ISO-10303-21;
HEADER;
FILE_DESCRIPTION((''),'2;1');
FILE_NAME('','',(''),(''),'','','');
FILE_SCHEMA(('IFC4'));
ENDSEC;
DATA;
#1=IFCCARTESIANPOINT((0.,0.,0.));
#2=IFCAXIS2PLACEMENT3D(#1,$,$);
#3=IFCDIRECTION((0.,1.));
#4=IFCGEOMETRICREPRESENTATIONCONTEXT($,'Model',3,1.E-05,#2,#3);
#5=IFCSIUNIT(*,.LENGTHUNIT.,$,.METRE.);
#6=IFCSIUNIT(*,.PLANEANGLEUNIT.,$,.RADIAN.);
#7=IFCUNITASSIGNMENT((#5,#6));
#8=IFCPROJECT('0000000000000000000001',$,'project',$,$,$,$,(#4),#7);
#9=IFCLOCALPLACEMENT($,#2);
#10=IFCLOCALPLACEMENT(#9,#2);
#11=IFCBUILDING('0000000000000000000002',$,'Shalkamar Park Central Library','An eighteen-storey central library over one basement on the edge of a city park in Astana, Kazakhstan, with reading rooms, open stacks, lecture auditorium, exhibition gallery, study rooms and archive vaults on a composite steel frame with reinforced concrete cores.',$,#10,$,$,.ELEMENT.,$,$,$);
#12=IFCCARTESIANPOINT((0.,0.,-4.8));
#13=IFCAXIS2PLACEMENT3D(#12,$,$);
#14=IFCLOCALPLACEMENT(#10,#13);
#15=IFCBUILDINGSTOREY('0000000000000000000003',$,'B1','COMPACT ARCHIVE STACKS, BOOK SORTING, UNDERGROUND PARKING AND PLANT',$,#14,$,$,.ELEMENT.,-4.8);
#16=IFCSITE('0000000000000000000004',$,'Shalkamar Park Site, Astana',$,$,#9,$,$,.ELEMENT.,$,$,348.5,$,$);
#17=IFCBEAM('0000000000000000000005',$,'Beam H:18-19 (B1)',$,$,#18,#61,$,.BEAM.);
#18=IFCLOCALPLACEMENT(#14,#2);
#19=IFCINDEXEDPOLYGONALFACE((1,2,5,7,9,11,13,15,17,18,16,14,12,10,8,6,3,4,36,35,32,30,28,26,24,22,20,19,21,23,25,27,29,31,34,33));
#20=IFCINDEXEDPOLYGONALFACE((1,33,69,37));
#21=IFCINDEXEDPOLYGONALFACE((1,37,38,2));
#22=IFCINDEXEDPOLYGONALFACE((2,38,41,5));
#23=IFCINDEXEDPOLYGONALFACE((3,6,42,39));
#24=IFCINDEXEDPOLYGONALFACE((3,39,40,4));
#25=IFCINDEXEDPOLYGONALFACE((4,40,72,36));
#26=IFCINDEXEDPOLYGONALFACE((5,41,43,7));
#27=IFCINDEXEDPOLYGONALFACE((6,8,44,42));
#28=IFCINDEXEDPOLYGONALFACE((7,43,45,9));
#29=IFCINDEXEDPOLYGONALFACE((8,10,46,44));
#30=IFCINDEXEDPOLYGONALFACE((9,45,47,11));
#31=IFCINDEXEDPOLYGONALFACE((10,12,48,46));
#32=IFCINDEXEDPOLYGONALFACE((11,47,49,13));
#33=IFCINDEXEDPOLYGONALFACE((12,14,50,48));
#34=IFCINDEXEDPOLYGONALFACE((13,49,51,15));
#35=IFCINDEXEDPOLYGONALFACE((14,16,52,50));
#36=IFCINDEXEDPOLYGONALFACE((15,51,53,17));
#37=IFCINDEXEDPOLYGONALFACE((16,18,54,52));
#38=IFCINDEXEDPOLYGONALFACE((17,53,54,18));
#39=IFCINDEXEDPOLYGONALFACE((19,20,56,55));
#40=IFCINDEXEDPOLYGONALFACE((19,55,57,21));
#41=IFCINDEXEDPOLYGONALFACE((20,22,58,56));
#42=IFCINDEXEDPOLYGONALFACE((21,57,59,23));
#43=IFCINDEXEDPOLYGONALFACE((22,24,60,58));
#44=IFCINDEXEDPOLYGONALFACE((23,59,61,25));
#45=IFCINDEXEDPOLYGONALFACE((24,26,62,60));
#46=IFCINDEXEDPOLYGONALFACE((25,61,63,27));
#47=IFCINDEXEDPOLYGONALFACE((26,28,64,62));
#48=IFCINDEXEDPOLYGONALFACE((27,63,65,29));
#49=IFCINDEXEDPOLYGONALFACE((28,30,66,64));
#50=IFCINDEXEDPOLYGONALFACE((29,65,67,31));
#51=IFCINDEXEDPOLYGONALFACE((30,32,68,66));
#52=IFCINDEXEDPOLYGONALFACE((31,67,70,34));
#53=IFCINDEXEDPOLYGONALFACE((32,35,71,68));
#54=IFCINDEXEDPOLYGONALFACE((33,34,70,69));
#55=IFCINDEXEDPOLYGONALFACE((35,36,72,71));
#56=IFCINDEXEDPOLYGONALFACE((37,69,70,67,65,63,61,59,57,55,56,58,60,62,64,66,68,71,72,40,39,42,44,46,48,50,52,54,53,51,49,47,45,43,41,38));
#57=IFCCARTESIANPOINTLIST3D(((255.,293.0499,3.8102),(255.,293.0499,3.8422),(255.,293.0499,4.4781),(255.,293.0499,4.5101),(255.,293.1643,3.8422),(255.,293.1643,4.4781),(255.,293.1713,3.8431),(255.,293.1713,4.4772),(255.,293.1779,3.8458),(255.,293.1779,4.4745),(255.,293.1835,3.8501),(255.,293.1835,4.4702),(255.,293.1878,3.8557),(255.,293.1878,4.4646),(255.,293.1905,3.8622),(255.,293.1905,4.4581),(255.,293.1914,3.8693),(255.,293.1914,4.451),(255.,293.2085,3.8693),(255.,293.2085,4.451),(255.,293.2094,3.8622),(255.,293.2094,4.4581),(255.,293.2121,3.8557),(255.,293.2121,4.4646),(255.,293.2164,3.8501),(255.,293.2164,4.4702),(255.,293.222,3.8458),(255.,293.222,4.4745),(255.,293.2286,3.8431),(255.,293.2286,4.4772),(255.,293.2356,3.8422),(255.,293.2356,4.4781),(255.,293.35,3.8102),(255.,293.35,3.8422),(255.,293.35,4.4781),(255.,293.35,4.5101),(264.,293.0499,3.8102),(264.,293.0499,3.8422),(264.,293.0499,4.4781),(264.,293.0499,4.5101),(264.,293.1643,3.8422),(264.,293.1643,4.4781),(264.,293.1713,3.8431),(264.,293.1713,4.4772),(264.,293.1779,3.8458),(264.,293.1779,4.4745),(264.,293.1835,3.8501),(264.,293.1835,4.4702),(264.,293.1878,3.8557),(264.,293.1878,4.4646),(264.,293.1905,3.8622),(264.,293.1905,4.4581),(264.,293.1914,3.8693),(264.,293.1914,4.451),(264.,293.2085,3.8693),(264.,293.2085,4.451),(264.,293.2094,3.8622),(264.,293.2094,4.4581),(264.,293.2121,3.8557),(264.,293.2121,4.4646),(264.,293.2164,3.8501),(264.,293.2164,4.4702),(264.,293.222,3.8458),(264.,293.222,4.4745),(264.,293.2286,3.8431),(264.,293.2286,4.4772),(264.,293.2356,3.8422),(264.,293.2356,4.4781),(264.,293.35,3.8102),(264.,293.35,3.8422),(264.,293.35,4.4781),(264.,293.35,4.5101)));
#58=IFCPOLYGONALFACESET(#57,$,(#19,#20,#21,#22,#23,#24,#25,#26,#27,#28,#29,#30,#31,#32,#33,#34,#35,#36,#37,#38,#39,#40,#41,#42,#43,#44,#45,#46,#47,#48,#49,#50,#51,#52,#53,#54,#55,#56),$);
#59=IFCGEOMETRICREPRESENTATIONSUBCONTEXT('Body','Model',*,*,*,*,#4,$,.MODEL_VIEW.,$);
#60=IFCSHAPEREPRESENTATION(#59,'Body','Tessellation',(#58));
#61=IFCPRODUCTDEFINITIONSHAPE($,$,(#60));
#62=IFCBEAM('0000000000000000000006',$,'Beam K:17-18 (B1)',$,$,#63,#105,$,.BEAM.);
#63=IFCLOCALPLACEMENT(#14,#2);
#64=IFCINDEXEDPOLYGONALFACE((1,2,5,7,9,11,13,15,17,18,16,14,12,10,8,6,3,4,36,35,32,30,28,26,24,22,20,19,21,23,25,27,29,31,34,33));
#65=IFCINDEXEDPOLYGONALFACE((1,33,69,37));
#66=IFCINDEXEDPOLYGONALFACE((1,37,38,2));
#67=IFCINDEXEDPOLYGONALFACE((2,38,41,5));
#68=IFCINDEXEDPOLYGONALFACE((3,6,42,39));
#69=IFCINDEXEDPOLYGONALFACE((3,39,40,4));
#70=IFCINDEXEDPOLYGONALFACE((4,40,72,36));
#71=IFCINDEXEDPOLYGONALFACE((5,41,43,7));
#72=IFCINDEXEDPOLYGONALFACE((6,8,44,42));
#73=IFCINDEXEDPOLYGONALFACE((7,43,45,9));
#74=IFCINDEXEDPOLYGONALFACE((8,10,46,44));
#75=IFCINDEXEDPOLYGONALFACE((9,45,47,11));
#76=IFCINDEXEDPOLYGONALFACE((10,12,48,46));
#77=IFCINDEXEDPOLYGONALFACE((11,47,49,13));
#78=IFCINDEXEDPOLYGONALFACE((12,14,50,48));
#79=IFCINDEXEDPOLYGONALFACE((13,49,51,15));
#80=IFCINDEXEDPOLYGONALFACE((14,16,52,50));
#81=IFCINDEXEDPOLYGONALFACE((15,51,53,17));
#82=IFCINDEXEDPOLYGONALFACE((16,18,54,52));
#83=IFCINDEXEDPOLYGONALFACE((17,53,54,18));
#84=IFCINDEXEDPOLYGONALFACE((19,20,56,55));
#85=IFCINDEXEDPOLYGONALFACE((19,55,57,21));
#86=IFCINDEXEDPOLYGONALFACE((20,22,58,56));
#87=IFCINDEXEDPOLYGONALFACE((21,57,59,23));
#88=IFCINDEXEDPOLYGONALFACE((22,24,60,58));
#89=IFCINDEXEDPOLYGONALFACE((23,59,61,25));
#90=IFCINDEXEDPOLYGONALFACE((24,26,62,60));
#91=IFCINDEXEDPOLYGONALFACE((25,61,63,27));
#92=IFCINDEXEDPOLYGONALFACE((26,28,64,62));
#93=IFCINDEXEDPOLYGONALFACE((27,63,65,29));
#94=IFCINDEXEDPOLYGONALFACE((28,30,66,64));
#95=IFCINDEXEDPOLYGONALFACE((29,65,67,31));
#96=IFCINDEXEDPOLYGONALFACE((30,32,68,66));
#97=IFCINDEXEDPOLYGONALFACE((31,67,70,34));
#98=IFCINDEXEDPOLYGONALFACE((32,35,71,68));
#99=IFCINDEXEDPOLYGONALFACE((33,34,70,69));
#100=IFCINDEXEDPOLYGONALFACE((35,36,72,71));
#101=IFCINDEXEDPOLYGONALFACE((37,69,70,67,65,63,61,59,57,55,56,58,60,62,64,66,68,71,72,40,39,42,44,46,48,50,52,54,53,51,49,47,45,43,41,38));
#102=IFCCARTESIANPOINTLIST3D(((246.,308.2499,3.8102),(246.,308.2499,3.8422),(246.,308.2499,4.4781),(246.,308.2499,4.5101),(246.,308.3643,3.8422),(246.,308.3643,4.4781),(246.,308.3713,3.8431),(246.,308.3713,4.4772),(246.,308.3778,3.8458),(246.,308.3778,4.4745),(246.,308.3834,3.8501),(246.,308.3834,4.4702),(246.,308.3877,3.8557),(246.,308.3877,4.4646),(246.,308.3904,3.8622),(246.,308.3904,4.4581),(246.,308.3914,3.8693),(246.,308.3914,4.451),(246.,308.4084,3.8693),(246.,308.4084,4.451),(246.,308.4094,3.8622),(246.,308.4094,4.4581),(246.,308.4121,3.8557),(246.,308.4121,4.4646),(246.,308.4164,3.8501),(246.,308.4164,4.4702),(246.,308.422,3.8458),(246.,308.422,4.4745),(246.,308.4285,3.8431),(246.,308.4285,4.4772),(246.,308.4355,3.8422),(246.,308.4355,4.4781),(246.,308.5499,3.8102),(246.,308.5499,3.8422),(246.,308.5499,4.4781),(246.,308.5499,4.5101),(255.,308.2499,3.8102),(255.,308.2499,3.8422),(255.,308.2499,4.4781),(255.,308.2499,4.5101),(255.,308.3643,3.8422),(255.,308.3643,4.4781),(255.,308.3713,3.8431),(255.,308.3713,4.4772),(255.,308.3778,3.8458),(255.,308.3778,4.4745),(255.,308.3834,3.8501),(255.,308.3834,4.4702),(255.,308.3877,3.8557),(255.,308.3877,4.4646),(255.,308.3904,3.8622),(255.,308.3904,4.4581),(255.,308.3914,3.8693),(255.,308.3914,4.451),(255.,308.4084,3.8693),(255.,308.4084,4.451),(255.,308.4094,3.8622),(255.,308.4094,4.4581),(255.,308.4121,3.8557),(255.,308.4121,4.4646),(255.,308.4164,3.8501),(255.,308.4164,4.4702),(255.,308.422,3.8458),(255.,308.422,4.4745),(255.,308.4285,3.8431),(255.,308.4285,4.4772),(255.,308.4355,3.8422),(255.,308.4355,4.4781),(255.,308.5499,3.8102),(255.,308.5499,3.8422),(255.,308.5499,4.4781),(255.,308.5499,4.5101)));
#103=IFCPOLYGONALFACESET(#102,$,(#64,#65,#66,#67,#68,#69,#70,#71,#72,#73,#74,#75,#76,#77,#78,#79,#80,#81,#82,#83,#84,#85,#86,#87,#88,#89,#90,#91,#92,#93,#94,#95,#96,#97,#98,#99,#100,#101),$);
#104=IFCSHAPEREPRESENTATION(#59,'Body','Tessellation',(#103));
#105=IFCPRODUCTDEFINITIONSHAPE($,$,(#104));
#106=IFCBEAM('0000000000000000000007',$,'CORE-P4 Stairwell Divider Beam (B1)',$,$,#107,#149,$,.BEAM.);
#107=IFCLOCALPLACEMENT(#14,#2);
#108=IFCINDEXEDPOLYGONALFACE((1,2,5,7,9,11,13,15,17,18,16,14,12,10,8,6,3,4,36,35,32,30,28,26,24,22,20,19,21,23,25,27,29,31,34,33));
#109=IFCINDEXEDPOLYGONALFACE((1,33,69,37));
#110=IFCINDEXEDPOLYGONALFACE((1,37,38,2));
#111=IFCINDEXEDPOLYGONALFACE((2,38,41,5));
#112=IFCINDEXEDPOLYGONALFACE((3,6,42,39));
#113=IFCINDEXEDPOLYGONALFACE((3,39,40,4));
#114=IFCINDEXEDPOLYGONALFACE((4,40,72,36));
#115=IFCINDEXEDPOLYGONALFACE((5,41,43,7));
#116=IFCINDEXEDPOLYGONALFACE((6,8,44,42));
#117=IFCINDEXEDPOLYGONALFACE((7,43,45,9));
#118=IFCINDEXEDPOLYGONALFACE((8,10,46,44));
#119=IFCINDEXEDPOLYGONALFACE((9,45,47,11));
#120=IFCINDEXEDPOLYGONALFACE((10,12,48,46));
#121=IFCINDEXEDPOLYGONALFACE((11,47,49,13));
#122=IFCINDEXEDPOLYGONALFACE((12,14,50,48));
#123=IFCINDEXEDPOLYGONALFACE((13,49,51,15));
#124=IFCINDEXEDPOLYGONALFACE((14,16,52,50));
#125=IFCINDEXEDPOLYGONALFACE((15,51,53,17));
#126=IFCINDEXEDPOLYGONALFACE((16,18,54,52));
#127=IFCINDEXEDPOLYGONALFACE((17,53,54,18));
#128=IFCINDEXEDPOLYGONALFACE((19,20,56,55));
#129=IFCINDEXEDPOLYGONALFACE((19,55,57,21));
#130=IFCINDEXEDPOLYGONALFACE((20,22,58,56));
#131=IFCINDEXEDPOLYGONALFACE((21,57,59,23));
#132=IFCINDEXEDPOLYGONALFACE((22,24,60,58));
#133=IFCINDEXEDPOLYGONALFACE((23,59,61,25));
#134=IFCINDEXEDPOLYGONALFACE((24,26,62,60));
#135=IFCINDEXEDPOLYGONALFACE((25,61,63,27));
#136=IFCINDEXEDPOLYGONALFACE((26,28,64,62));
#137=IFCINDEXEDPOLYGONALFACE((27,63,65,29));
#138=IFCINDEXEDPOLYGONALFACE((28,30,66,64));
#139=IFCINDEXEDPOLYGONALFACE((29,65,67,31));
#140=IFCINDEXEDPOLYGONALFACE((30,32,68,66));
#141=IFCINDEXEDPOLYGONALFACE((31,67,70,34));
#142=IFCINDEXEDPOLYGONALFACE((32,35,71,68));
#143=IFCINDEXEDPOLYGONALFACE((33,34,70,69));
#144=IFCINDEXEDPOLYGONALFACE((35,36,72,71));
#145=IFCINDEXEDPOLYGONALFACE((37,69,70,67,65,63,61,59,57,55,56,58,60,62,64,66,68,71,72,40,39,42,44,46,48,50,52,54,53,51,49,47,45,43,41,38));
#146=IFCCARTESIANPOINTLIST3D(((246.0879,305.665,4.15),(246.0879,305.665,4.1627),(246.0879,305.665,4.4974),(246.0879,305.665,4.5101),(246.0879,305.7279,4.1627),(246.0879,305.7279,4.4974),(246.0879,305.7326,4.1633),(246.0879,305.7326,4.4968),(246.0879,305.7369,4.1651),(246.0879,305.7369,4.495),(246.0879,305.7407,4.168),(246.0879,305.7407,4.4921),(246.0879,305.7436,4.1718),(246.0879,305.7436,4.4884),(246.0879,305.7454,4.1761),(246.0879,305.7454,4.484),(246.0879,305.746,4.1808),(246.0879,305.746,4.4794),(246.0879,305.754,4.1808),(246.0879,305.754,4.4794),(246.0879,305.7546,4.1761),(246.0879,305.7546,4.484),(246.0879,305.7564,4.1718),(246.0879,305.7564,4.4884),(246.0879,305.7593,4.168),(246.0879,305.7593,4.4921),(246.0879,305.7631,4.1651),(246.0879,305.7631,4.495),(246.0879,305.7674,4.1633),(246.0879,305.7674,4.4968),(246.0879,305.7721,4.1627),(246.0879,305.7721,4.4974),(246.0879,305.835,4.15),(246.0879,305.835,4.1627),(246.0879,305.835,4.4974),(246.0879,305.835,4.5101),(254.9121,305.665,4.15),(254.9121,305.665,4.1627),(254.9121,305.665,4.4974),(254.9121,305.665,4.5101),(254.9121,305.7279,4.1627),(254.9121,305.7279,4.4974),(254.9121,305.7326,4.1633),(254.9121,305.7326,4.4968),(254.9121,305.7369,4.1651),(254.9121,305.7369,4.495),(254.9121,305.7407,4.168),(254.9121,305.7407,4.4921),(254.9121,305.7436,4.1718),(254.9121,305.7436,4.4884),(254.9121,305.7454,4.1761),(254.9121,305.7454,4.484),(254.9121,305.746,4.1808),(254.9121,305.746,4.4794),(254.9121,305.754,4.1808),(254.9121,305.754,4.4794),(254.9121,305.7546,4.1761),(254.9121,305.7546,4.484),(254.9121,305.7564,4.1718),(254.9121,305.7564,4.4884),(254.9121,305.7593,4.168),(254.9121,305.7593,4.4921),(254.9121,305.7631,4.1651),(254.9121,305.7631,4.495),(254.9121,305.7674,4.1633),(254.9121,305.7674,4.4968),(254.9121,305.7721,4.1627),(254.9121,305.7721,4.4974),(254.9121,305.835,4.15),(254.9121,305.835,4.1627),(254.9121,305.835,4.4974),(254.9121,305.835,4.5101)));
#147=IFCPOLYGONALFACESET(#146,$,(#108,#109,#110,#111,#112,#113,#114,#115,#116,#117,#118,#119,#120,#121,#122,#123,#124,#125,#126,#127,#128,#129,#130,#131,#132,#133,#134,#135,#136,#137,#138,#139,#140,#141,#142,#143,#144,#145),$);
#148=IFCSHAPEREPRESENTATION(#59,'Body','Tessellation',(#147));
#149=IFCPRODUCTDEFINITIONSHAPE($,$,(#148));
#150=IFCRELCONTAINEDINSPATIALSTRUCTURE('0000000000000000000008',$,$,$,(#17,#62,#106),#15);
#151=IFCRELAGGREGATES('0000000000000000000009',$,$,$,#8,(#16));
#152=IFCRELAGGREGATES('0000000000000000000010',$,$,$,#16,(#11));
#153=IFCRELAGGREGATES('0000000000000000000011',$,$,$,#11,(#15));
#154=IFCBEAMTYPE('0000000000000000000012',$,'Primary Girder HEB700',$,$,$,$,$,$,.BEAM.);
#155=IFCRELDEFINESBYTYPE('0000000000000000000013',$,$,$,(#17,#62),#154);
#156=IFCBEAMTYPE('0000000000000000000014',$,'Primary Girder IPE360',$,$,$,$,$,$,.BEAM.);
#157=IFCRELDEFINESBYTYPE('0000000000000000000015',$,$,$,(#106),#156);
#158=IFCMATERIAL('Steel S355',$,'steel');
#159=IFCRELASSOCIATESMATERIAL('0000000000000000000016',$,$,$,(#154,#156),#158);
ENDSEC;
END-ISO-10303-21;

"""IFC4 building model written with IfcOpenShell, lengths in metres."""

from ifc_helpers import new_model, si_unit, direction, frame, origin, origin_2d, place, context, subcontext, project, spatial, i_section, extrude, material, material_profile, profile_set, type_object, element, save


model = new_model("IFC4")

# Units and contexts
model_context = context("Model", 3, precision=1e-05, world=origin(), true_north=direction((0.0, 1.0)))
body_context = subcontext(model_context, "Body", "Model", "MODEL_VIEW")
ifc_project = project(units=[si_unit("LENGTHUNIT", "METRE"), si_unit("PLANEANGLEUNIT", "RADIAN")], contexts=[model_context])

# Site, building, storey
site_placement = place(None, origin())
site = spatial("IfcSite", under=ifc_project, at=site_placement, Name="Shalkamar Park Site, Astana", CompositionType="ELEMENT", RefElevation=348.5)
building_placement = place(site_placement, origin())
building = spatial("IfcBuilding", under=site, at=building_placement, Name="Shalkamar Park Central Library", Description="An eighteen-storey central library over one basement on the edge of a city park in Astana, Kazakhstan, with reading rooms, open stacks, lecture auditorium, exhibition gallery, study rooms and archive vaults on a composite steel frame with reinforced concrete cores.", CompositionType="ELEMENT")
storey_placement = place(building_placement, frame((0.0, 0.0, -4.8)))
storey = spatial("IfcBuildingStorey", under=building, at=storey_placement, Name="B1", Description="COMPACT ARCHIVE STACKS, BOOK SORTING, UNDERGROUND PARKING AND PLANT", CompositionType="ELEMENT", Elevation=-4.8)

# Shared definitions
ifc_material_1 = material(Name="Steel S355", Category="steel")

# Beams
ifc_material_profile_1 = material_profile(ifc_material_1, i_section(OverallWidth=0.3, OverallDepth=0.7, WebThickness=0.0171, FlangeThickness=0.032, FilletRadius=0.0271, at=origin_2d()), Name="HEB 700")
ifc_profile_set_1 = profile_set([ifc_material_profile_1], Name="Steel S355")
beam_type_1 = type_object("IfcBeamType", Name="Primary Girder HEB700", PredefinedType="BEAM", material=ifc_profile_set_1)
for number, where, z_axis, x_axis, name in (
    (1, (255.0, 293.2, 4.1602), (1.0, 0.0, 0.0), (0.0, 1.0, 0.0), "Beam H:18-19 (B1)"),
    (2, (246.0, 308.3999, 4.1602), (1.0, 0.0, 0.0), (0.0, 1.0, 0.0), "Beam K:17-18 (B1)"),
):
    element("IfcBeam", number, at=place(storey_placement, frame(where, z_axis=z_axis, x_axis=x_axis)), inside=storey, type_object=beam_type_1, Name=name, PredefinedType="BEAM", context=body_context, shape_type="SweptSolid", body=[
        extrude(i_section(OverallWidth=0.3, OverallDepth=0.7, WebThickness=0.0171, FlangeThickness=0.032, FilletRadius=0.0271, at=origin_2d()), origin(), (0.0, 0.0, 1.0), 9.0),
    ])
ifc_material_profile_2 = material_profile(ifc_material_1, i_section(OverallWidth=0.1699, OverallDepth=0.3601, WebThickness=0.0081, FlangeThickness=0.0127, FilletRadius=0.0181, at=origin_2d()), Name="IPE 360")
ifc_profile_set_2 = profile_set([ifc_material_profile_2], Name="Steel S355")
beam_type_2 = type_object("IfcBeamType", Name="Primary Girder IPE360", PredefinedType="BEAM", material=ifc_profile_set_2)
beam_1_placement = place(storey_placement, frame((246.0879, 305.75, 4.3301), z_axis=(1.0, 0.0, 0.0), x_axis=(0.0, 1.0, 0.0)))
element("IfcBeam", 3, at=beam_1_placement, inside=storey, type_object=beam_type_2, Name="CORE-P4 Stairwell Divider Beam (B1)", PredefinedType="BEAM", context=body_context, shape_type="SweptSolid", body=[
    extrude(i_section(OverallWidth=0.1699, OverallDepth=0.3601, WebThickness=0.0081, FlangeThickness=0.0127, FilletRadius=0.0181, at=origin_2d()), origin(), (0.0, 0.0, 1.0), 8.8242),
])

save(model, "model.ifc")
